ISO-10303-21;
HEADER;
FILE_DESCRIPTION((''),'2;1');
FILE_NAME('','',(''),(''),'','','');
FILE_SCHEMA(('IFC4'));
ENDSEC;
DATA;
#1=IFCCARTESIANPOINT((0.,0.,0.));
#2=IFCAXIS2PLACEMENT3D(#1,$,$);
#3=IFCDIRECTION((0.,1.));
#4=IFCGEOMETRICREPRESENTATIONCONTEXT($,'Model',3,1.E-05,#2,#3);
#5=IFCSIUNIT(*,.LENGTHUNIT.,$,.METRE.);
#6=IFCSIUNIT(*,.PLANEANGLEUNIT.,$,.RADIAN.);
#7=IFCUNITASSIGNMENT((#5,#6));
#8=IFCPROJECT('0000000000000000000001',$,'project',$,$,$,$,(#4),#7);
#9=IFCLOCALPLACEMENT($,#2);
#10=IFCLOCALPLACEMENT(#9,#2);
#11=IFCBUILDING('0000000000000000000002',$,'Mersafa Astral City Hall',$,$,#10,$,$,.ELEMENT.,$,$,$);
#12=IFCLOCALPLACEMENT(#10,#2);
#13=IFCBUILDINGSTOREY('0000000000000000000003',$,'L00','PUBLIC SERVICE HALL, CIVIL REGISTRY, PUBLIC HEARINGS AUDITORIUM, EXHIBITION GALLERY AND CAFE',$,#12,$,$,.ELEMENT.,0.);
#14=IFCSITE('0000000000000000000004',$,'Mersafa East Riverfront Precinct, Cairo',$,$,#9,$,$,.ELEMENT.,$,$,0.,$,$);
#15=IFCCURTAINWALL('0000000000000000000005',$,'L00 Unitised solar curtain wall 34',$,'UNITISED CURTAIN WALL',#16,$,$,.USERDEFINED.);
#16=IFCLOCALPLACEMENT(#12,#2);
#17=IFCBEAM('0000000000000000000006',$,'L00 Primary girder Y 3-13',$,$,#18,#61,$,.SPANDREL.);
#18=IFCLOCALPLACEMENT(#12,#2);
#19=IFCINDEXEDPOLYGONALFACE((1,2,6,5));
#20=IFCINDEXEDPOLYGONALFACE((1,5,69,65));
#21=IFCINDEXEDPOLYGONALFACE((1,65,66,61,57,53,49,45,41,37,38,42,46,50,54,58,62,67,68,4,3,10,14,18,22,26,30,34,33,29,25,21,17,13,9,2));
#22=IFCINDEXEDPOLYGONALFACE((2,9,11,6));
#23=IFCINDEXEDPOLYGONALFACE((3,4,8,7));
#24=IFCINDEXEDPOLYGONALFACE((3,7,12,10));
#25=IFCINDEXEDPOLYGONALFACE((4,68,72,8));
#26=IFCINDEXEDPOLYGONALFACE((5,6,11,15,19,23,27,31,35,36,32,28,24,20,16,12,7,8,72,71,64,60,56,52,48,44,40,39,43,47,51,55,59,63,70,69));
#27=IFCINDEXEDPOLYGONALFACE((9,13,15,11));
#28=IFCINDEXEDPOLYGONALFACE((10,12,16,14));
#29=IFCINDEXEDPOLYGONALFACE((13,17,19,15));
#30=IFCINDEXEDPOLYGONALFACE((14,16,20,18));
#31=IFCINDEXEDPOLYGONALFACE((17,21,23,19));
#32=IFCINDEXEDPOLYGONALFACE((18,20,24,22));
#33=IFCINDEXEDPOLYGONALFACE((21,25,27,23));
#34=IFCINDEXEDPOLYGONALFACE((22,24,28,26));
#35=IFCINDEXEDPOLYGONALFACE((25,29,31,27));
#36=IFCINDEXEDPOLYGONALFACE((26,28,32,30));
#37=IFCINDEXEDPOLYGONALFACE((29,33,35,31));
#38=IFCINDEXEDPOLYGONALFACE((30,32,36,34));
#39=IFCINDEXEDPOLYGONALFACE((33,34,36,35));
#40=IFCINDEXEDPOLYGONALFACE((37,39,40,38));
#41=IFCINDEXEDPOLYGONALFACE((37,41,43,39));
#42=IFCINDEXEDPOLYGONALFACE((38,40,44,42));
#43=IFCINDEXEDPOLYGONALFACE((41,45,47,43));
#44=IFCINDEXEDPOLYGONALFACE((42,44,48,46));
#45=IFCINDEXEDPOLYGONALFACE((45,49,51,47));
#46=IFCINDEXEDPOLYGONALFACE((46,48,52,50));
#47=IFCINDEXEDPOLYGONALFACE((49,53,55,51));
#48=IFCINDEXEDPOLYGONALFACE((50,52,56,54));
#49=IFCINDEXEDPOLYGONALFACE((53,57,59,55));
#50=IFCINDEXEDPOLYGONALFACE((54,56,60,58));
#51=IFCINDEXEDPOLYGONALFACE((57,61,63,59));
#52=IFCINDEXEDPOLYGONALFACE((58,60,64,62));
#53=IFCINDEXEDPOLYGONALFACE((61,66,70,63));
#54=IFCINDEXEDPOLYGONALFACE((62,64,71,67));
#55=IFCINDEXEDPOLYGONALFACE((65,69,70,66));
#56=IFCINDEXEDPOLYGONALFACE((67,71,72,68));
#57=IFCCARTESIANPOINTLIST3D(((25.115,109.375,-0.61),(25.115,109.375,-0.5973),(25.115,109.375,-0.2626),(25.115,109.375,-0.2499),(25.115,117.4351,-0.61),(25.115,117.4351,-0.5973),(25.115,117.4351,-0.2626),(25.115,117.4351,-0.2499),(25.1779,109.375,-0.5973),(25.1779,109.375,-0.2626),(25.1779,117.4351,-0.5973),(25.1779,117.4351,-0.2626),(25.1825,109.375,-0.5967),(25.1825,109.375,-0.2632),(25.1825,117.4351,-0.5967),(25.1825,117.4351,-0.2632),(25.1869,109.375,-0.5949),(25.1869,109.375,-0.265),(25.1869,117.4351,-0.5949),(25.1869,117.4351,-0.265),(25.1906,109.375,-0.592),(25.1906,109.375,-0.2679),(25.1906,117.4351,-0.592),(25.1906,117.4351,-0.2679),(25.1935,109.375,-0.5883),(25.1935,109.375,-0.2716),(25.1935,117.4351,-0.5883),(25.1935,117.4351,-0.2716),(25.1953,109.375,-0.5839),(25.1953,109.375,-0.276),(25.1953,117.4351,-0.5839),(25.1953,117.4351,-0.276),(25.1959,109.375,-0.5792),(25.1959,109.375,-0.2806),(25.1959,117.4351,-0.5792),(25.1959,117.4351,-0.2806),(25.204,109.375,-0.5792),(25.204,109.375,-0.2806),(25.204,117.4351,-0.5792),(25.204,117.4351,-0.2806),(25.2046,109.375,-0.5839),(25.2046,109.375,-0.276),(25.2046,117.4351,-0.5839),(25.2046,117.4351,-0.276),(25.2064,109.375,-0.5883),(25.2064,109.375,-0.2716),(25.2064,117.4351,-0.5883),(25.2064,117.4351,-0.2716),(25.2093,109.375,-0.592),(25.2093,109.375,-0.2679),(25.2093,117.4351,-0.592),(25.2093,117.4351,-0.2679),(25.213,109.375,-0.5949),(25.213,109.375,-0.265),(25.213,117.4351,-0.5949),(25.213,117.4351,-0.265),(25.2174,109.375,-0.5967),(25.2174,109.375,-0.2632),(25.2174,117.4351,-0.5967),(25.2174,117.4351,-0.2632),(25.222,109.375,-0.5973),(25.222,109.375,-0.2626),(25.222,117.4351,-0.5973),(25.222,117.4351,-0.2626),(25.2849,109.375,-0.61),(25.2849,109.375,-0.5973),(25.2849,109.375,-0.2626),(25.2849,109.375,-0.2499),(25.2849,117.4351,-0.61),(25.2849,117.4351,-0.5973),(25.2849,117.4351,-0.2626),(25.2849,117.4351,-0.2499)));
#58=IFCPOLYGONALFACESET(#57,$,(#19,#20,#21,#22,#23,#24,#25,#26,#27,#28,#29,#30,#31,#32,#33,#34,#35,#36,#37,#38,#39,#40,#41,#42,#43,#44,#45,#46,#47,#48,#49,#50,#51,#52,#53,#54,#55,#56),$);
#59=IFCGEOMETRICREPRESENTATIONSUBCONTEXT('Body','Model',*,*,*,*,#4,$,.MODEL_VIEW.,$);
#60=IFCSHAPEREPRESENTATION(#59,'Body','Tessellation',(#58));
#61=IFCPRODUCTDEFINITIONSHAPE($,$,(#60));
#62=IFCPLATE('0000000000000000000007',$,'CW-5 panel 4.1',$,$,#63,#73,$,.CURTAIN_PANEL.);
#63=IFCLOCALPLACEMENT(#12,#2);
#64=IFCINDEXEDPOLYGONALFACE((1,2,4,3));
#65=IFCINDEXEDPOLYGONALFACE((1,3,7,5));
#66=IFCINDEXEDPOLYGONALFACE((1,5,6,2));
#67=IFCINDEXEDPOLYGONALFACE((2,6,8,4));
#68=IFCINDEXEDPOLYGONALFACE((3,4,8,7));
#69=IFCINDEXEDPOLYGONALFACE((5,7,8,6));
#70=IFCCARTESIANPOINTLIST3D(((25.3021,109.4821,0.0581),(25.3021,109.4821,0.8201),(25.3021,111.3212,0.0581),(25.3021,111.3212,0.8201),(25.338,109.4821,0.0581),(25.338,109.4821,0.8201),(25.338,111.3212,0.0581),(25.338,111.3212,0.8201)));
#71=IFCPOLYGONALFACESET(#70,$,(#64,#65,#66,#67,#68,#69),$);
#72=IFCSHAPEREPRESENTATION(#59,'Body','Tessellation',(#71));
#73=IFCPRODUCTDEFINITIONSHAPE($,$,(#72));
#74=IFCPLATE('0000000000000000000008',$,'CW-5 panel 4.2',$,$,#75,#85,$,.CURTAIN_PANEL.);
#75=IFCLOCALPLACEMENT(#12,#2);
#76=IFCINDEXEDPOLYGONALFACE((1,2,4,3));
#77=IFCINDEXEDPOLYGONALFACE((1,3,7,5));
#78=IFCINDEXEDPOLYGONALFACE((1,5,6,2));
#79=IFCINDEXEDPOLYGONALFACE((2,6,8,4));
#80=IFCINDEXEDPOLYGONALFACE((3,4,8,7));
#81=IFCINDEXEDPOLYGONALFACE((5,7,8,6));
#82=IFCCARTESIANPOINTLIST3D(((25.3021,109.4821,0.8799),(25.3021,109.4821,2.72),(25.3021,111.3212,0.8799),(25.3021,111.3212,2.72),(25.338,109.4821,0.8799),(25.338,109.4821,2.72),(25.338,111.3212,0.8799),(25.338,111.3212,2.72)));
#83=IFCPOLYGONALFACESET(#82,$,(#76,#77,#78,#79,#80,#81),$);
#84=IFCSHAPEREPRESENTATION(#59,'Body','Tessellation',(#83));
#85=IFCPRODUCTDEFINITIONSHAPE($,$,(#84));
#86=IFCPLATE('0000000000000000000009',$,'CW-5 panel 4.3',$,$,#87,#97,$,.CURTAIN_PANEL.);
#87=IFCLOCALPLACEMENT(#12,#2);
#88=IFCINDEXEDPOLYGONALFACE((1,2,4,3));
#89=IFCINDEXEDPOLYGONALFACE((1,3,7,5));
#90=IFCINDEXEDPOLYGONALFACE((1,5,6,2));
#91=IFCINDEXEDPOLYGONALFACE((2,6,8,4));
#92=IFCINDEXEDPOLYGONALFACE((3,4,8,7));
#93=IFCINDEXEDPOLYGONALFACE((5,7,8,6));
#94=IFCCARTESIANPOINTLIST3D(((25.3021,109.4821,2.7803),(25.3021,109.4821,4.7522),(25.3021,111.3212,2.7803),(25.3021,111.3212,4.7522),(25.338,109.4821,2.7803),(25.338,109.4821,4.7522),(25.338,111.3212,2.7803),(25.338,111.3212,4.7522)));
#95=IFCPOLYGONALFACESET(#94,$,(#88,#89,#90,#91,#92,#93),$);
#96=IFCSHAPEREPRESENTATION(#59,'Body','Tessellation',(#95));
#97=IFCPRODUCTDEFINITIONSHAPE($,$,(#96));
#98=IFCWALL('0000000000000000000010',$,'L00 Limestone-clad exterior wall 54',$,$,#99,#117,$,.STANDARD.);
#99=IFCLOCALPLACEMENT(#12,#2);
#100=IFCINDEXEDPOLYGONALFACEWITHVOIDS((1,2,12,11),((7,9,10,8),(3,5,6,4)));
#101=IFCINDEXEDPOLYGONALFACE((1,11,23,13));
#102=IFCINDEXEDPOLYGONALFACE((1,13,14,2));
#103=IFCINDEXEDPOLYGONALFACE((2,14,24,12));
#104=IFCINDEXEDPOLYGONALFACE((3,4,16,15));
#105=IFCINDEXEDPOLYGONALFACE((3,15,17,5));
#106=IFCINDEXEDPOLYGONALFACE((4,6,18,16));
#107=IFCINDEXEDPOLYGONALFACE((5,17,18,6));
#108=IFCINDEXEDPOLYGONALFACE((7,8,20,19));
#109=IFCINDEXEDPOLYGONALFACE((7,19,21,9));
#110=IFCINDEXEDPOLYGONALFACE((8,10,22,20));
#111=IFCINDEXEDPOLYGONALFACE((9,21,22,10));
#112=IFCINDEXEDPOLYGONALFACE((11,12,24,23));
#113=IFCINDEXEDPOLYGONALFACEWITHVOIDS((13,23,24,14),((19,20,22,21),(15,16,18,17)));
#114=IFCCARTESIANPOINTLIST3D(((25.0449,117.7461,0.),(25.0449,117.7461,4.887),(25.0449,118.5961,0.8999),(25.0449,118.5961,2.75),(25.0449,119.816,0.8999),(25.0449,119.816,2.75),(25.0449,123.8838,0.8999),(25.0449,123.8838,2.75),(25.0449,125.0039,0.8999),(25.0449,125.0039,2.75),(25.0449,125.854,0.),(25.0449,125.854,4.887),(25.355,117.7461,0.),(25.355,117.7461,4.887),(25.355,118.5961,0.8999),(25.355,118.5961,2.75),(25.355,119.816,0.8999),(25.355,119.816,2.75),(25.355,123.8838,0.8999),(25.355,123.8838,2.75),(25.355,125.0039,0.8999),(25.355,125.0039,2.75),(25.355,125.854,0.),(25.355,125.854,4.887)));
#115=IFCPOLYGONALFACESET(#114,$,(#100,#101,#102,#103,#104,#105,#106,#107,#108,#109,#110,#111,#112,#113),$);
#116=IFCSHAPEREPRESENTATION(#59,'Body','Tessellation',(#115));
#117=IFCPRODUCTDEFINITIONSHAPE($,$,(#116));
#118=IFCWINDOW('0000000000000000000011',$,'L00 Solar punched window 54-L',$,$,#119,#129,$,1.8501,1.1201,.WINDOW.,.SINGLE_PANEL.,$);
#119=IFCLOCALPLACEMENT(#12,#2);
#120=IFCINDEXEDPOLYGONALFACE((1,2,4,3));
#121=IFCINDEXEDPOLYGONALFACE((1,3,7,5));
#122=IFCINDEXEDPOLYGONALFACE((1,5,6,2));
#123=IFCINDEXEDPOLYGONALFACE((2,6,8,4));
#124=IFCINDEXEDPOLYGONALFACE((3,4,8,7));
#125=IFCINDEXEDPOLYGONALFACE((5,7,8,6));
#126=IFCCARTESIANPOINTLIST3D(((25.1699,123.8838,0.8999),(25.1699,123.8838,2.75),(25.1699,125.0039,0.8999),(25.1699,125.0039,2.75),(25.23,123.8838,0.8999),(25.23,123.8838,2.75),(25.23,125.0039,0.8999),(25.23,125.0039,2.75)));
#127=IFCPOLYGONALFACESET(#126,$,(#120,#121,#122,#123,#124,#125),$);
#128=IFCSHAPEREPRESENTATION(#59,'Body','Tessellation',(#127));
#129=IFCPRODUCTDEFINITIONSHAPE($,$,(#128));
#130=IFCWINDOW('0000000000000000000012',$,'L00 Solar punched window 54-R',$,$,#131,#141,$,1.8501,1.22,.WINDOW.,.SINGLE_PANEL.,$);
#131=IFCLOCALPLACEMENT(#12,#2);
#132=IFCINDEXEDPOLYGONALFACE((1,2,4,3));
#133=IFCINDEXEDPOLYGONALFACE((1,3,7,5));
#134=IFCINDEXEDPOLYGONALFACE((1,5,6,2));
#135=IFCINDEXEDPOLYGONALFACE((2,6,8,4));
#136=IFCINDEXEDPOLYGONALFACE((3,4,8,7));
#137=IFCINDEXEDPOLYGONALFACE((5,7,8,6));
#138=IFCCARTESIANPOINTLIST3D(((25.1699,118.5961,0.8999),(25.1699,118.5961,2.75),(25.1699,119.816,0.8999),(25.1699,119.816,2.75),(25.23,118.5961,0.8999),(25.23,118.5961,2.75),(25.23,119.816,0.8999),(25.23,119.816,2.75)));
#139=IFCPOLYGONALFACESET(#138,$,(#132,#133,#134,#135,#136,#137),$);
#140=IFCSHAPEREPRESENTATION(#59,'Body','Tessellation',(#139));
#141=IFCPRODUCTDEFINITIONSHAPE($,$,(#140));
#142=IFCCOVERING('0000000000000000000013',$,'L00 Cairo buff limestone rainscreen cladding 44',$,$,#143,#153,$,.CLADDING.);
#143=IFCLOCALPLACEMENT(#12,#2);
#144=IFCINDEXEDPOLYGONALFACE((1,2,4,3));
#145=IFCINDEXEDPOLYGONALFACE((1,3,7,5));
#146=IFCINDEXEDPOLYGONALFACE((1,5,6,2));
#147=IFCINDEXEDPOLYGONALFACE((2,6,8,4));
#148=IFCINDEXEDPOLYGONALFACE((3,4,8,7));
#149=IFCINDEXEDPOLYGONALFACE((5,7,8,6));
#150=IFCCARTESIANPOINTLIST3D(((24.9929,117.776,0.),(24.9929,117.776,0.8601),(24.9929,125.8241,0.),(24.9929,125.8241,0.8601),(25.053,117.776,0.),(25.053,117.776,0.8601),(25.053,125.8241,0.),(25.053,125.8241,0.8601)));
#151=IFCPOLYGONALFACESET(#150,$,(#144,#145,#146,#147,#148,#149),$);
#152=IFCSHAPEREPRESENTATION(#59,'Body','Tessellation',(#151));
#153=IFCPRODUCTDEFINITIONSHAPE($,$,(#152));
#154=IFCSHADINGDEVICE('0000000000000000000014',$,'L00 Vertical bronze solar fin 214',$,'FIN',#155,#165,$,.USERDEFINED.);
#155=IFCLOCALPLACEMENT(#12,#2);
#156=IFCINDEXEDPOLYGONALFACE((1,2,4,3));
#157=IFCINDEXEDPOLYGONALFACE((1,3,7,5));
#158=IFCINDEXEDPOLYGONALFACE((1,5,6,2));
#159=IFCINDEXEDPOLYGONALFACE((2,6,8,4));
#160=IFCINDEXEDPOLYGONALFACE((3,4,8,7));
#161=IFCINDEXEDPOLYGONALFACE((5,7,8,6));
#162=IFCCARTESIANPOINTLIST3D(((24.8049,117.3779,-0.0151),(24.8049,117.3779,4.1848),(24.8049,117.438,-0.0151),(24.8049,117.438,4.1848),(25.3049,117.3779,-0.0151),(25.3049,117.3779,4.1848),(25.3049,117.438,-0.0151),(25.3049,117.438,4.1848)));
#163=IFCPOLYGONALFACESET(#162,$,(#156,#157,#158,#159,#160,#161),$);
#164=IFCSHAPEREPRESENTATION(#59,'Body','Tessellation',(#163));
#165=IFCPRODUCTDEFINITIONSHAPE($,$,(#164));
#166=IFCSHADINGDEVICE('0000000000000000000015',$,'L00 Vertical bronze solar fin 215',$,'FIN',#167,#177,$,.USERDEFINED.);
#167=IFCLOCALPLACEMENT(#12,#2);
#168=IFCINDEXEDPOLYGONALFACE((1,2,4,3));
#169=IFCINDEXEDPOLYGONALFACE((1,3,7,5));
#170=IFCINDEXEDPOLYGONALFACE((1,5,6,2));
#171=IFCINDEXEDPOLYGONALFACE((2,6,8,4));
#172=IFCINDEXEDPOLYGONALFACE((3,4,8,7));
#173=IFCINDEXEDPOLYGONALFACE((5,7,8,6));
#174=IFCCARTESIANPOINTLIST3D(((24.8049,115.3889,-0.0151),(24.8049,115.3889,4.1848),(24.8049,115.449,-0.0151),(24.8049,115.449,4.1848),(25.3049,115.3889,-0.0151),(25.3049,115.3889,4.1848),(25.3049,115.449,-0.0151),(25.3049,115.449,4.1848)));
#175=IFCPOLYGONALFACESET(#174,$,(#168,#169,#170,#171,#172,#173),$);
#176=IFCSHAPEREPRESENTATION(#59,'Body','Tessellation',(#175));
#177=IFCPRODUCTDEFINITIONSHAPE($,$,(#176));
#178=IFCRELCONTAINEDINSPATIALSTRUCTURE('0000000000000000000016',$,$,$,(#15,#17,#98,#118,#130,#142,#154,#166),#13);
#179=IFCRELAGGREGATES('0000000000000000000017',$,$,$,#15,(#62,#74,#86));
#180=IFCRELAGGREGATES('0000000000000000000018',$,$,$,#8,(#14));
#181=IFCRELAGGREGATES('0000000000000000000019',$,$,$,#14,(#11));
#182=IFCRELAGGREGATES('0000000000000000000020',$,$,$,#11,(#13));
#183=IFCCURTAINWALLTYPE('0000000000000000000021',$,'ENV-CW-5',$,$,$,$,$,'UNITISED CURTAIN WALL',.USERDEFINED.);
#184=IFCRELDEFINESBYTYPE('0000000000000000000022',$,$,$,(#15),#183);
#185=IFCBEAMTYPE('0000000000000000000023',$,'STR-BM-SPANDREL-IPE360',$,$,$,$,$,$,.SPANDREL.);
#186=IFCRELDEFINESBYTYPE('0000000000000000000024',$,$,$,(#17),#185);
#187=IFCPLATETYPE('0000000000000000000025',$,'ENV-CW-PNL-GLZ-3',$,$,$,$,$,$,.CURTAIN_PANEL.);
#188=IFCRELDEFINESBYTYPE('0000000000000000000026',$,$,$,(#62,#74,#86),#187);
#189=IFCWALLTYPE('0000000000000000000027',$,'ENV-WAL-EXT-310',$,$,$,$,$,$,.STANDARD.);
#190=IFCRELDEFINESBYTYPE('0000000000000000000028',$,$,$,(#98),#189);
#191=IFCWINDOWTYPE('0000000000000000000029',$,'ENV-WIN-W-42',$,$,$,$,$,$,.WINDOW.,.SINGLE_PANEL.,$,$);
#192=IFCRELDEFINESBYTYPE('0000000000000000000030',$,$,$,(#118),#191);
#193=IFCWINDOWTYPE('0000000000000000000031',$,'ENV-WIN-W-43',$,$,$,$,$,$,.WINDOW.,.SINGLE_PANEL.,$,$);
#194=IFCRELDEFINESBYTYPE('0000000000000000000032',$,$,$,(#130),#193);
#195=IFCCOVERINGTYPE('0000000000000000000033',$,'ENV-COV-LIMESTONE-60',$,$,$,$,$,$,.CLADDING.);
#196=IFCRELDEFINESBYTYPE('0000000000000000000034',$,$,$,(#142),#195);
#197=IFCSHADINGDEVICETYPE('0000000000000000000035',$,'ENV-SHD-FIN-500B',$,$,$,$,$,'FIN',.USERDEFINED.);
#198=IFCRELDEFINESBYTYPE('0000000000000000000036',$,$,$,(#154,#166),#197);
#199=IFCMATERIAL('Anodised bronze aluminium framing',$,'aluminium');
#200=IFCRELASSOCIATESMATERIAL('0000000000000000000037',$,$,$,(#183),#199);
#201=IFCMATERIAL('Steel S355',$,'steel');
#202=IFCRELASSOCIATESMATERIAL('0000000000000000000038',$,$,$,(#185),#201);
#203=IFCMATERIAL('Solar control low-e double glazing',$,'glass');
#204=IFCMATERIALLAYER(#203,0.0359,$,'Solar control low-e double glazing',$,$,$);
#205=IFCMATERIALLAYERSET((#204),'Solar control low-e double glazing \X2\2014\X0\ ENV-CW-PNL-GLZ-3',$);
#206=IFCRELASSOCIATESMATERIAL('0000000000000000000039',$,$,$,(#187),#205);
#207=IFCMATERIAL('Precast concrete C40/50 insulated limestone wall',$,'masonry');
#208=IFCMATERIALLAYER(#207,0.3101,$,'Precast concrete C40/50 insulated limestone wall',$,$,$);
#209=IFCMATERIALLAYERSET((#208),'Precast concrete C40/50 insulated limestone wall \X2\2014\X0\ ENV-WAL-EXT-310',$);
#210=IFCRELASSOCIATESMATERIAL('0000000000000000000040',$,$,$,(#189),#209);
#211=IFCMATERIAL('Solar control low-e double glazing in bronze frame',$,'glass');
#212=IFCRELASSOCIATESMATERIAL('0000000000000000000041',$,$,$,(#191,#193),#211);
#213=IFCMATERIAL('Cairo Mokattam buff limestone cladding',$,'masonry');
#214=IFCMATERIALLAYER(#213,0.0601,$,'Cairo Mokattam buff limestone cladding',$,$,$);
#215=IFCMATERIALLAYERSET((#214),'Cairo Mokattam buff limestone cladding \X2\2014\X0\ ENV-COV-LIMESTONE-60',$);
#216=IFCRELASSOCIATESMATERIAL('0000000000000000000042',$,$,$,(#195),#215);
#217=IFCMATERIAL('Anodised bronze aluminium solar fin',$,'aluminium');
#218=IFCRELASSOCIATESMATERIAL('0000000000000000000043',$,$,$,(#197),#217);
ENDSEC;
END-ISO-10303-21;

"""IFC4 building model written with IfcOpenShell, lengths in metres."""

from ifc_helpers import new_model, si_unit, direction, frame, frame_2d, origin, origin_2d, place, context, subcontext, project, spatial, rectangle, i_section, extrude, material, layer, layer_set, material_profile, profile_set, type_object, element, fill, aggregate, save


model = new_model("IFC4")

# Units and contexts
model_context = context("Model", 3, precision=1e-05, world=origin(), true_north=direction((0.0, 1.0)))
body_context = subcontext(model_context, "Body", "Model", "MODEL_VIEW")
ifc_project = project(units=[si_unit("LENGTHUNIT", "METRE"), si_unit("PLANEANGLEUNIT", "RADIAN")], contexts=[model_context])

# Site, building, storey
site_placement = place(None, origin())
site = spatial("IfcSite", under=ifc_project, at=site_placement, Name="Mersafa East Riverfront Precinct, Cairo", CompositionType="ELEMENT", RefElevation=0.0)
building_placement = place(site_placement, origin())
building = spatial("IfcBuilding", under=site, at=building_placement, Name="Mersafa Astral City Hall", CompositionType="ELEMENT")
storey_placement = place(building_placement, origin())
storey = spatial("IfcBuildingStorey", under=building, at=storey_placement, Name="L00", Description="PUBLIC SERVICE HALL, CIVIL REGISTRY, PUBLIC HEARINGS AUDITORIUM, EXHIBITION GALLERY AND CAFE", CompositionType="ELEMENT", Elevation=0.0)

# Shared definitions
ifc_material_1 = material(Name="Steel S355", Category="steel")

# Curtain wall
ifc_material_2 = material(Name="Anodised bronze aluminium framing", Category="aluminium")
curtain_wall_type_1 = type_object("IfcCurtainWallType", Name="ENV-CW-5", ElementType="UNITISED CURTAIN WALL", PredefinedType="USERDEFINED", material=ifc_material_2)
curtain_wall_1_placement = place(storey_placement, origin())
curtain_wall_1 = element("IfcCurtainWall", 1, at=curtain_wall_1_placement, inside=storey, type_object=curtain_wall_type_1, Name="L00 Unitised solar curtain wall 34", ObjectType="UNITISED CURTAIN WALL", PredefinedType="USERDEFINED")

# Beam
ifc_material_profile_1 = material_profile(ifc_material_1, i_section(OverallWidth=0.1699, OverallDepth=0.3601, WebThickness=0.0081, FlangeThickness=0.0127, FilletRadius=0.0181, at=origin_2d()), Name="IPE 360")
ifc_profile_set_1 = profile_set([ifc_material_profile_1], Name="Steel S355")
beam_type_1 = type_object("IfcBeamType", Name="STR-BM-SPANDREL-IPE360", PredefinedType="SPANDREL", material=ifc_profile_set_1)
beam_1_placement = place(storey_placement, frame((25.2, 109.375, -0.4299), z_axis=(0.0, 1.0, 0.0), x_axis=(-1.0, 0.0, 0.0)))
element("IfcBeam", 2, at=beam_1_placement, inside=storey, type_object=beam_type_1, Name="L00 Primary girder Y 3-13", PredefinedType="SPANDREL", context=body_context, shape_type="SweptSolid", body=[
    extrude(i_section(OverallWidth=0.1699, OverallDepth=0.3601, WebThickness=0.0081, FlangeThickness=0.0127, FilletRadius=0.0181, at=origin_2d()), origin(), (0.0, 0.0, 1.0), 8.0601),
])

# Plates
ifc_material_3 = material(Name="Solar control low-e double glazing", Category="glass")
ifc_layer_1 = layer(ifc_material_3, 0.0359, Name="Solar control low-e double glazing")
ifc_layer_set_1 = layer_set([ifc_layer_1], Name="Solar control low-e double glazing — ENV-CW-PNL-GLZ-3")
plate_type = type_object("IfcPlateType", Name="ENV-CW-PNL-GLZ-3", PredefinedType="CURTAIN_PANEL", material=ifc_layer_set_1)
plate_1_placement = place(storey_placement, frame((25.3201, 110.4016, 0.0581), z_axis=(0.0, 0.0, 1.0), x_axis=(0.0, -1.0, 0.0)))
plate_1 = element("IfcPlate", 3, at=plate_1_placement, type_object=plate_type, Name="CW-5 panel 4.1", PredefinedType="CURTAIN_PANEL", context=body_context, shape_type="SweptSolid", body=[
    extrude(rectangle(XDim=1.8391, YDim=0.0359, at=origin_2d()), origin(), (0.0, 0.0, 1.0), 0.762),
])
plate_2_placement = place(storey_placement, frame((25.3201, 110.4016, 0.8799), z_axis=(0.0, 0.0, 1.0), x_axis=(0.0, -1.0, 0.0)))
plate_2 = element("IfcPlate", 4, at=plate_2_placement, type_object=plate_type, Name="CW-5 panel 4.2", PredefinedType="CURTAIN_PANEL", context=body_context, shape_type="SweptSolid", body=[
    extrude(rectangle(XDim=1.8391, YDim=0.0359, at=origin_2d()), origin(), (0.0, 0.0, 1.0), 1.8401),
])
plate_3_placement = place(storey_placement, frame((25.3201, 110.4016, 2.7803), z_axis=(0.0, 0.0, 1.0), x_axis=(0.0, -1.0, 0.0)))
plate_3 = element("IfcPlate", 5, at=plate_3_placement, type_object=plate_type, Name="CW-5 panel 4.3", PredefinedType="CURTAIN_PANEL", context=body_context, shape_type="SweptSolid", body=[
    extrude(rectangle(XDim=1.8391, YDim=0.0359, at=origin_2d()), origin(), (0.0, 0.0, 1.0), 1.9719),
])
aggregate(curtain_wall_1, [plate_1, plate_2, plate_3])

# Wall, openings, windows
ifc_material_4 = material(Name="Precast concrete C40/50 insulated limestone wall", Category="masonry")
ifc_layer_2 = layer(ifc_material_4, 0.3101, Name="Precast concrete C40/50 insulated limestone wall")
ifc_layer_set_2 = layer_set([ifc_layer_2], Name="Precast concrete C40/50 insulated limestone wall — ENV-WAL-EXT-310")
wall_type = type_object("IfcWallType", Name="ENV-WAL-EXT-310", PredefinedType="STANDARD", material=ifc_layer_set_2)
wall_placement = place(storey_placement, frame((25.2, 125.854, 0.0), z_axis=(0.0, 0.0, 1.0), x_axis=(0.0, -1.0, 0.0)))
wall = element("IfcWall", 6, at=wall_placement, inside=storey, type_object=wall_type, Name="L00 Limestone-clad exterior wall 54", PredefinedType="STANDARD", context=body_context, shape_type="SweptSolid", body=[
    extrude(rectangle(XDim=8.1079, YDim=0.3101, at=frame_2d((4.054, 0.0))), origin(), (0.0, 0.0, 1.0), 4.887),
])
opening_1_placement = place(wall_placement, frame((0.8501, 0.0, 0.8999)))
opening_1 = element("IfcOpeningElement", 7, at=opening_1_placement, cuts=wall, PredefinedType="OPENING", context=body_context, shape_type="SweptSolid", body=[
    extrude(rectangle(XDim=1.1201, YDim=1.8501, at=frame_2d((0.5601, 0.925))), frame((0.0, 0.165, 0.0), z_axis=(0.0, -1.0, 0.0), x_axis=(1.0, 0.0, 0.0)), (0.0, 0.0, 1.0), 0.3301),
])
opening_2_placement = place(wall_placement, frame((6.0381, 0.0, 0.8999)))
opening_2 = element("IfcOpeningElement", 8, at=opening_2_placement, cuts=wall, PredefinedType="OPENING", context=body_context, shape_type="SweptSolid", body=[
    extrude(rectangle(XDim=1.22, YDim=1.8501, at=frame_2d((0.6099, 0.925))), frame((0.0, 0.165, 0.0), z_axis=(0.0, -1.0, 0.0), x_axis=(1.0, 0.0, 0.0)), (0.0, 0.0, 1.0), 0.3301),
])
ifc_material_5 = material(Name="Solar control low-e double glazing in bronze frame", Category="glass")
window_type_1 = type_object("IfcWindowType", Name="ENV-WIN-W-42", PartitioningType="SINGLE_PANEL", PredefinedType="WINDOW", material=ifc_material_5)
window_1_placement = place(opening_1_placement, origin())
window_1 = element("IfcWindow", 9, at=window_1_placement, inside=storey, type_object=window_type_1, Name="L00 Solar punched window 54-L", OverallHeight=1.8501, OverallWidth=1.1201, PartitioningType="SINGLE_PANEL", PredefinedType="WINDOW", context=body_context, shape_type="SweptSolid", body=[
    extrude(rectangle(XDim=1.1201, YDim=1.8501, at=frame_2d((0.5601, 0.925))), frame((0.0, 0.03, 0.0), z_axis=(0.0, -1.0, 0.0), x_axis=(1.0, 0.0, 0.0)), (0.0, 0.0, 1.0), 0.0601),
])
fill(opening_1, window_1)
window_type_2 = type_object("IfcWindowType", Name="ENV-WIN-W-43", PartitioningType="SINGLE_PANEL", PredefinedType="WINDOW", material=ifc_material_5)
window_2_placement = place(opening_2_placement, origin())
window_2 = element("IfcWindow", 10, at=window_2_placement, inside=storey, type_object=window_type_2, Name="L00 Solar punched window 54-R", OverallHeight=1.8501, OverallWidth=1.22, PartitioningType="SINGLE_PANEL", PredefinedType="WINDOW", context=body_context, shape_type="SweptSolid", body=[
    extrude(rectangle(XDim=1.22, YDim=1.8501, at=frame_2d((0.6099, 0.925))), frame((0.0, 0.03, 0.0), z_axis=(0.0, -1.0, 0.0), x_axis=(1.0, 0.0, 0.0)), (0.0, 0.0, 1.0), 0.0601),
])
fill(opening_2, window_2)

# Covering
ifc_material_6 = material(Name="Cairo Mokattam buff limestone cladding", Category="masonry")
ifc_layer_3 = layer(ifc_material_6, 0.0601, Name="Cairo Mokattam buff limestone cladding")
ifc_layer_set_3 = layer_set([ifc_layer_3], Name="Cairo Mokattam buff limestone cladding — ENV-COV-LIMESTONE-60")
covering_type = type_object("IfcCoveringType", Name="ENV-COV-LIMESTONE-60", PredefinedType="CLADDING", material=ifc_layer_set_3)
covering_placement = place(storey_placement, frame((25.0229, 121.8, 0.0), z_axis=(0.0, 0.0, 1.0), x_axis=(0.0, -1.0, 0.0)))
element("IfcCovering", 11, at=covering_placement, inside=storey, type_object=covering_type, Name="L00 Cairo buff limestone rainscreen cladding 44", PredefinedType="CLADDING", context=body_context, shape_type="SweptSolid", body=[
    extrude(rectangle(XDim=8.0481, YDim=0.0601, at=origin_2d()), origin(), (0.0, 0.0, 1.0), 0.8601),
])

# Shading devices
ifc_material_7 = material(Name="Anodised bronze aluminium solar fin", Category="aluminium")
shading_device_type_1 = type_object("IfcShadingDeviceType", Name="ENV-SHD-FIN-500B", ElementType="FIN", PredefinedType="USERDEFINED", material=ifc_material_7)
for number, where, z_axis, x_axis, name in (
    (12, (25.0549, 117.408, -0.0151), (0.0, 0.0, 1.0), (0.0, -1.0, 0.0), "L00 Vertical bronze solar fin 214"),
    (13, (25.0549, 115.4189, -0.0151), (0.0, 0.0, 1.0), (0.0, -1.0, 0.0), "L00 Vertical bronze solar fin 215"),
):
    element("IfcShadingDevice", number, at=place(storey_placement, frame(where, z_axis=z_axis, x_axis=x_axis)), inside=storey, type_object=shading_device_type_1, Name=name, ObjectType="FIN", PredefinedType="USERDEFINED", context=body_context, shape_type="SweptSolid", body=[
        extrude(rectangle(XDim=0.0601, YDim=0.5, at=origin_2d()), origin(), (0.0, 0.0, 1.0), 4.2),
    ])

save(model, "model.ifc")
